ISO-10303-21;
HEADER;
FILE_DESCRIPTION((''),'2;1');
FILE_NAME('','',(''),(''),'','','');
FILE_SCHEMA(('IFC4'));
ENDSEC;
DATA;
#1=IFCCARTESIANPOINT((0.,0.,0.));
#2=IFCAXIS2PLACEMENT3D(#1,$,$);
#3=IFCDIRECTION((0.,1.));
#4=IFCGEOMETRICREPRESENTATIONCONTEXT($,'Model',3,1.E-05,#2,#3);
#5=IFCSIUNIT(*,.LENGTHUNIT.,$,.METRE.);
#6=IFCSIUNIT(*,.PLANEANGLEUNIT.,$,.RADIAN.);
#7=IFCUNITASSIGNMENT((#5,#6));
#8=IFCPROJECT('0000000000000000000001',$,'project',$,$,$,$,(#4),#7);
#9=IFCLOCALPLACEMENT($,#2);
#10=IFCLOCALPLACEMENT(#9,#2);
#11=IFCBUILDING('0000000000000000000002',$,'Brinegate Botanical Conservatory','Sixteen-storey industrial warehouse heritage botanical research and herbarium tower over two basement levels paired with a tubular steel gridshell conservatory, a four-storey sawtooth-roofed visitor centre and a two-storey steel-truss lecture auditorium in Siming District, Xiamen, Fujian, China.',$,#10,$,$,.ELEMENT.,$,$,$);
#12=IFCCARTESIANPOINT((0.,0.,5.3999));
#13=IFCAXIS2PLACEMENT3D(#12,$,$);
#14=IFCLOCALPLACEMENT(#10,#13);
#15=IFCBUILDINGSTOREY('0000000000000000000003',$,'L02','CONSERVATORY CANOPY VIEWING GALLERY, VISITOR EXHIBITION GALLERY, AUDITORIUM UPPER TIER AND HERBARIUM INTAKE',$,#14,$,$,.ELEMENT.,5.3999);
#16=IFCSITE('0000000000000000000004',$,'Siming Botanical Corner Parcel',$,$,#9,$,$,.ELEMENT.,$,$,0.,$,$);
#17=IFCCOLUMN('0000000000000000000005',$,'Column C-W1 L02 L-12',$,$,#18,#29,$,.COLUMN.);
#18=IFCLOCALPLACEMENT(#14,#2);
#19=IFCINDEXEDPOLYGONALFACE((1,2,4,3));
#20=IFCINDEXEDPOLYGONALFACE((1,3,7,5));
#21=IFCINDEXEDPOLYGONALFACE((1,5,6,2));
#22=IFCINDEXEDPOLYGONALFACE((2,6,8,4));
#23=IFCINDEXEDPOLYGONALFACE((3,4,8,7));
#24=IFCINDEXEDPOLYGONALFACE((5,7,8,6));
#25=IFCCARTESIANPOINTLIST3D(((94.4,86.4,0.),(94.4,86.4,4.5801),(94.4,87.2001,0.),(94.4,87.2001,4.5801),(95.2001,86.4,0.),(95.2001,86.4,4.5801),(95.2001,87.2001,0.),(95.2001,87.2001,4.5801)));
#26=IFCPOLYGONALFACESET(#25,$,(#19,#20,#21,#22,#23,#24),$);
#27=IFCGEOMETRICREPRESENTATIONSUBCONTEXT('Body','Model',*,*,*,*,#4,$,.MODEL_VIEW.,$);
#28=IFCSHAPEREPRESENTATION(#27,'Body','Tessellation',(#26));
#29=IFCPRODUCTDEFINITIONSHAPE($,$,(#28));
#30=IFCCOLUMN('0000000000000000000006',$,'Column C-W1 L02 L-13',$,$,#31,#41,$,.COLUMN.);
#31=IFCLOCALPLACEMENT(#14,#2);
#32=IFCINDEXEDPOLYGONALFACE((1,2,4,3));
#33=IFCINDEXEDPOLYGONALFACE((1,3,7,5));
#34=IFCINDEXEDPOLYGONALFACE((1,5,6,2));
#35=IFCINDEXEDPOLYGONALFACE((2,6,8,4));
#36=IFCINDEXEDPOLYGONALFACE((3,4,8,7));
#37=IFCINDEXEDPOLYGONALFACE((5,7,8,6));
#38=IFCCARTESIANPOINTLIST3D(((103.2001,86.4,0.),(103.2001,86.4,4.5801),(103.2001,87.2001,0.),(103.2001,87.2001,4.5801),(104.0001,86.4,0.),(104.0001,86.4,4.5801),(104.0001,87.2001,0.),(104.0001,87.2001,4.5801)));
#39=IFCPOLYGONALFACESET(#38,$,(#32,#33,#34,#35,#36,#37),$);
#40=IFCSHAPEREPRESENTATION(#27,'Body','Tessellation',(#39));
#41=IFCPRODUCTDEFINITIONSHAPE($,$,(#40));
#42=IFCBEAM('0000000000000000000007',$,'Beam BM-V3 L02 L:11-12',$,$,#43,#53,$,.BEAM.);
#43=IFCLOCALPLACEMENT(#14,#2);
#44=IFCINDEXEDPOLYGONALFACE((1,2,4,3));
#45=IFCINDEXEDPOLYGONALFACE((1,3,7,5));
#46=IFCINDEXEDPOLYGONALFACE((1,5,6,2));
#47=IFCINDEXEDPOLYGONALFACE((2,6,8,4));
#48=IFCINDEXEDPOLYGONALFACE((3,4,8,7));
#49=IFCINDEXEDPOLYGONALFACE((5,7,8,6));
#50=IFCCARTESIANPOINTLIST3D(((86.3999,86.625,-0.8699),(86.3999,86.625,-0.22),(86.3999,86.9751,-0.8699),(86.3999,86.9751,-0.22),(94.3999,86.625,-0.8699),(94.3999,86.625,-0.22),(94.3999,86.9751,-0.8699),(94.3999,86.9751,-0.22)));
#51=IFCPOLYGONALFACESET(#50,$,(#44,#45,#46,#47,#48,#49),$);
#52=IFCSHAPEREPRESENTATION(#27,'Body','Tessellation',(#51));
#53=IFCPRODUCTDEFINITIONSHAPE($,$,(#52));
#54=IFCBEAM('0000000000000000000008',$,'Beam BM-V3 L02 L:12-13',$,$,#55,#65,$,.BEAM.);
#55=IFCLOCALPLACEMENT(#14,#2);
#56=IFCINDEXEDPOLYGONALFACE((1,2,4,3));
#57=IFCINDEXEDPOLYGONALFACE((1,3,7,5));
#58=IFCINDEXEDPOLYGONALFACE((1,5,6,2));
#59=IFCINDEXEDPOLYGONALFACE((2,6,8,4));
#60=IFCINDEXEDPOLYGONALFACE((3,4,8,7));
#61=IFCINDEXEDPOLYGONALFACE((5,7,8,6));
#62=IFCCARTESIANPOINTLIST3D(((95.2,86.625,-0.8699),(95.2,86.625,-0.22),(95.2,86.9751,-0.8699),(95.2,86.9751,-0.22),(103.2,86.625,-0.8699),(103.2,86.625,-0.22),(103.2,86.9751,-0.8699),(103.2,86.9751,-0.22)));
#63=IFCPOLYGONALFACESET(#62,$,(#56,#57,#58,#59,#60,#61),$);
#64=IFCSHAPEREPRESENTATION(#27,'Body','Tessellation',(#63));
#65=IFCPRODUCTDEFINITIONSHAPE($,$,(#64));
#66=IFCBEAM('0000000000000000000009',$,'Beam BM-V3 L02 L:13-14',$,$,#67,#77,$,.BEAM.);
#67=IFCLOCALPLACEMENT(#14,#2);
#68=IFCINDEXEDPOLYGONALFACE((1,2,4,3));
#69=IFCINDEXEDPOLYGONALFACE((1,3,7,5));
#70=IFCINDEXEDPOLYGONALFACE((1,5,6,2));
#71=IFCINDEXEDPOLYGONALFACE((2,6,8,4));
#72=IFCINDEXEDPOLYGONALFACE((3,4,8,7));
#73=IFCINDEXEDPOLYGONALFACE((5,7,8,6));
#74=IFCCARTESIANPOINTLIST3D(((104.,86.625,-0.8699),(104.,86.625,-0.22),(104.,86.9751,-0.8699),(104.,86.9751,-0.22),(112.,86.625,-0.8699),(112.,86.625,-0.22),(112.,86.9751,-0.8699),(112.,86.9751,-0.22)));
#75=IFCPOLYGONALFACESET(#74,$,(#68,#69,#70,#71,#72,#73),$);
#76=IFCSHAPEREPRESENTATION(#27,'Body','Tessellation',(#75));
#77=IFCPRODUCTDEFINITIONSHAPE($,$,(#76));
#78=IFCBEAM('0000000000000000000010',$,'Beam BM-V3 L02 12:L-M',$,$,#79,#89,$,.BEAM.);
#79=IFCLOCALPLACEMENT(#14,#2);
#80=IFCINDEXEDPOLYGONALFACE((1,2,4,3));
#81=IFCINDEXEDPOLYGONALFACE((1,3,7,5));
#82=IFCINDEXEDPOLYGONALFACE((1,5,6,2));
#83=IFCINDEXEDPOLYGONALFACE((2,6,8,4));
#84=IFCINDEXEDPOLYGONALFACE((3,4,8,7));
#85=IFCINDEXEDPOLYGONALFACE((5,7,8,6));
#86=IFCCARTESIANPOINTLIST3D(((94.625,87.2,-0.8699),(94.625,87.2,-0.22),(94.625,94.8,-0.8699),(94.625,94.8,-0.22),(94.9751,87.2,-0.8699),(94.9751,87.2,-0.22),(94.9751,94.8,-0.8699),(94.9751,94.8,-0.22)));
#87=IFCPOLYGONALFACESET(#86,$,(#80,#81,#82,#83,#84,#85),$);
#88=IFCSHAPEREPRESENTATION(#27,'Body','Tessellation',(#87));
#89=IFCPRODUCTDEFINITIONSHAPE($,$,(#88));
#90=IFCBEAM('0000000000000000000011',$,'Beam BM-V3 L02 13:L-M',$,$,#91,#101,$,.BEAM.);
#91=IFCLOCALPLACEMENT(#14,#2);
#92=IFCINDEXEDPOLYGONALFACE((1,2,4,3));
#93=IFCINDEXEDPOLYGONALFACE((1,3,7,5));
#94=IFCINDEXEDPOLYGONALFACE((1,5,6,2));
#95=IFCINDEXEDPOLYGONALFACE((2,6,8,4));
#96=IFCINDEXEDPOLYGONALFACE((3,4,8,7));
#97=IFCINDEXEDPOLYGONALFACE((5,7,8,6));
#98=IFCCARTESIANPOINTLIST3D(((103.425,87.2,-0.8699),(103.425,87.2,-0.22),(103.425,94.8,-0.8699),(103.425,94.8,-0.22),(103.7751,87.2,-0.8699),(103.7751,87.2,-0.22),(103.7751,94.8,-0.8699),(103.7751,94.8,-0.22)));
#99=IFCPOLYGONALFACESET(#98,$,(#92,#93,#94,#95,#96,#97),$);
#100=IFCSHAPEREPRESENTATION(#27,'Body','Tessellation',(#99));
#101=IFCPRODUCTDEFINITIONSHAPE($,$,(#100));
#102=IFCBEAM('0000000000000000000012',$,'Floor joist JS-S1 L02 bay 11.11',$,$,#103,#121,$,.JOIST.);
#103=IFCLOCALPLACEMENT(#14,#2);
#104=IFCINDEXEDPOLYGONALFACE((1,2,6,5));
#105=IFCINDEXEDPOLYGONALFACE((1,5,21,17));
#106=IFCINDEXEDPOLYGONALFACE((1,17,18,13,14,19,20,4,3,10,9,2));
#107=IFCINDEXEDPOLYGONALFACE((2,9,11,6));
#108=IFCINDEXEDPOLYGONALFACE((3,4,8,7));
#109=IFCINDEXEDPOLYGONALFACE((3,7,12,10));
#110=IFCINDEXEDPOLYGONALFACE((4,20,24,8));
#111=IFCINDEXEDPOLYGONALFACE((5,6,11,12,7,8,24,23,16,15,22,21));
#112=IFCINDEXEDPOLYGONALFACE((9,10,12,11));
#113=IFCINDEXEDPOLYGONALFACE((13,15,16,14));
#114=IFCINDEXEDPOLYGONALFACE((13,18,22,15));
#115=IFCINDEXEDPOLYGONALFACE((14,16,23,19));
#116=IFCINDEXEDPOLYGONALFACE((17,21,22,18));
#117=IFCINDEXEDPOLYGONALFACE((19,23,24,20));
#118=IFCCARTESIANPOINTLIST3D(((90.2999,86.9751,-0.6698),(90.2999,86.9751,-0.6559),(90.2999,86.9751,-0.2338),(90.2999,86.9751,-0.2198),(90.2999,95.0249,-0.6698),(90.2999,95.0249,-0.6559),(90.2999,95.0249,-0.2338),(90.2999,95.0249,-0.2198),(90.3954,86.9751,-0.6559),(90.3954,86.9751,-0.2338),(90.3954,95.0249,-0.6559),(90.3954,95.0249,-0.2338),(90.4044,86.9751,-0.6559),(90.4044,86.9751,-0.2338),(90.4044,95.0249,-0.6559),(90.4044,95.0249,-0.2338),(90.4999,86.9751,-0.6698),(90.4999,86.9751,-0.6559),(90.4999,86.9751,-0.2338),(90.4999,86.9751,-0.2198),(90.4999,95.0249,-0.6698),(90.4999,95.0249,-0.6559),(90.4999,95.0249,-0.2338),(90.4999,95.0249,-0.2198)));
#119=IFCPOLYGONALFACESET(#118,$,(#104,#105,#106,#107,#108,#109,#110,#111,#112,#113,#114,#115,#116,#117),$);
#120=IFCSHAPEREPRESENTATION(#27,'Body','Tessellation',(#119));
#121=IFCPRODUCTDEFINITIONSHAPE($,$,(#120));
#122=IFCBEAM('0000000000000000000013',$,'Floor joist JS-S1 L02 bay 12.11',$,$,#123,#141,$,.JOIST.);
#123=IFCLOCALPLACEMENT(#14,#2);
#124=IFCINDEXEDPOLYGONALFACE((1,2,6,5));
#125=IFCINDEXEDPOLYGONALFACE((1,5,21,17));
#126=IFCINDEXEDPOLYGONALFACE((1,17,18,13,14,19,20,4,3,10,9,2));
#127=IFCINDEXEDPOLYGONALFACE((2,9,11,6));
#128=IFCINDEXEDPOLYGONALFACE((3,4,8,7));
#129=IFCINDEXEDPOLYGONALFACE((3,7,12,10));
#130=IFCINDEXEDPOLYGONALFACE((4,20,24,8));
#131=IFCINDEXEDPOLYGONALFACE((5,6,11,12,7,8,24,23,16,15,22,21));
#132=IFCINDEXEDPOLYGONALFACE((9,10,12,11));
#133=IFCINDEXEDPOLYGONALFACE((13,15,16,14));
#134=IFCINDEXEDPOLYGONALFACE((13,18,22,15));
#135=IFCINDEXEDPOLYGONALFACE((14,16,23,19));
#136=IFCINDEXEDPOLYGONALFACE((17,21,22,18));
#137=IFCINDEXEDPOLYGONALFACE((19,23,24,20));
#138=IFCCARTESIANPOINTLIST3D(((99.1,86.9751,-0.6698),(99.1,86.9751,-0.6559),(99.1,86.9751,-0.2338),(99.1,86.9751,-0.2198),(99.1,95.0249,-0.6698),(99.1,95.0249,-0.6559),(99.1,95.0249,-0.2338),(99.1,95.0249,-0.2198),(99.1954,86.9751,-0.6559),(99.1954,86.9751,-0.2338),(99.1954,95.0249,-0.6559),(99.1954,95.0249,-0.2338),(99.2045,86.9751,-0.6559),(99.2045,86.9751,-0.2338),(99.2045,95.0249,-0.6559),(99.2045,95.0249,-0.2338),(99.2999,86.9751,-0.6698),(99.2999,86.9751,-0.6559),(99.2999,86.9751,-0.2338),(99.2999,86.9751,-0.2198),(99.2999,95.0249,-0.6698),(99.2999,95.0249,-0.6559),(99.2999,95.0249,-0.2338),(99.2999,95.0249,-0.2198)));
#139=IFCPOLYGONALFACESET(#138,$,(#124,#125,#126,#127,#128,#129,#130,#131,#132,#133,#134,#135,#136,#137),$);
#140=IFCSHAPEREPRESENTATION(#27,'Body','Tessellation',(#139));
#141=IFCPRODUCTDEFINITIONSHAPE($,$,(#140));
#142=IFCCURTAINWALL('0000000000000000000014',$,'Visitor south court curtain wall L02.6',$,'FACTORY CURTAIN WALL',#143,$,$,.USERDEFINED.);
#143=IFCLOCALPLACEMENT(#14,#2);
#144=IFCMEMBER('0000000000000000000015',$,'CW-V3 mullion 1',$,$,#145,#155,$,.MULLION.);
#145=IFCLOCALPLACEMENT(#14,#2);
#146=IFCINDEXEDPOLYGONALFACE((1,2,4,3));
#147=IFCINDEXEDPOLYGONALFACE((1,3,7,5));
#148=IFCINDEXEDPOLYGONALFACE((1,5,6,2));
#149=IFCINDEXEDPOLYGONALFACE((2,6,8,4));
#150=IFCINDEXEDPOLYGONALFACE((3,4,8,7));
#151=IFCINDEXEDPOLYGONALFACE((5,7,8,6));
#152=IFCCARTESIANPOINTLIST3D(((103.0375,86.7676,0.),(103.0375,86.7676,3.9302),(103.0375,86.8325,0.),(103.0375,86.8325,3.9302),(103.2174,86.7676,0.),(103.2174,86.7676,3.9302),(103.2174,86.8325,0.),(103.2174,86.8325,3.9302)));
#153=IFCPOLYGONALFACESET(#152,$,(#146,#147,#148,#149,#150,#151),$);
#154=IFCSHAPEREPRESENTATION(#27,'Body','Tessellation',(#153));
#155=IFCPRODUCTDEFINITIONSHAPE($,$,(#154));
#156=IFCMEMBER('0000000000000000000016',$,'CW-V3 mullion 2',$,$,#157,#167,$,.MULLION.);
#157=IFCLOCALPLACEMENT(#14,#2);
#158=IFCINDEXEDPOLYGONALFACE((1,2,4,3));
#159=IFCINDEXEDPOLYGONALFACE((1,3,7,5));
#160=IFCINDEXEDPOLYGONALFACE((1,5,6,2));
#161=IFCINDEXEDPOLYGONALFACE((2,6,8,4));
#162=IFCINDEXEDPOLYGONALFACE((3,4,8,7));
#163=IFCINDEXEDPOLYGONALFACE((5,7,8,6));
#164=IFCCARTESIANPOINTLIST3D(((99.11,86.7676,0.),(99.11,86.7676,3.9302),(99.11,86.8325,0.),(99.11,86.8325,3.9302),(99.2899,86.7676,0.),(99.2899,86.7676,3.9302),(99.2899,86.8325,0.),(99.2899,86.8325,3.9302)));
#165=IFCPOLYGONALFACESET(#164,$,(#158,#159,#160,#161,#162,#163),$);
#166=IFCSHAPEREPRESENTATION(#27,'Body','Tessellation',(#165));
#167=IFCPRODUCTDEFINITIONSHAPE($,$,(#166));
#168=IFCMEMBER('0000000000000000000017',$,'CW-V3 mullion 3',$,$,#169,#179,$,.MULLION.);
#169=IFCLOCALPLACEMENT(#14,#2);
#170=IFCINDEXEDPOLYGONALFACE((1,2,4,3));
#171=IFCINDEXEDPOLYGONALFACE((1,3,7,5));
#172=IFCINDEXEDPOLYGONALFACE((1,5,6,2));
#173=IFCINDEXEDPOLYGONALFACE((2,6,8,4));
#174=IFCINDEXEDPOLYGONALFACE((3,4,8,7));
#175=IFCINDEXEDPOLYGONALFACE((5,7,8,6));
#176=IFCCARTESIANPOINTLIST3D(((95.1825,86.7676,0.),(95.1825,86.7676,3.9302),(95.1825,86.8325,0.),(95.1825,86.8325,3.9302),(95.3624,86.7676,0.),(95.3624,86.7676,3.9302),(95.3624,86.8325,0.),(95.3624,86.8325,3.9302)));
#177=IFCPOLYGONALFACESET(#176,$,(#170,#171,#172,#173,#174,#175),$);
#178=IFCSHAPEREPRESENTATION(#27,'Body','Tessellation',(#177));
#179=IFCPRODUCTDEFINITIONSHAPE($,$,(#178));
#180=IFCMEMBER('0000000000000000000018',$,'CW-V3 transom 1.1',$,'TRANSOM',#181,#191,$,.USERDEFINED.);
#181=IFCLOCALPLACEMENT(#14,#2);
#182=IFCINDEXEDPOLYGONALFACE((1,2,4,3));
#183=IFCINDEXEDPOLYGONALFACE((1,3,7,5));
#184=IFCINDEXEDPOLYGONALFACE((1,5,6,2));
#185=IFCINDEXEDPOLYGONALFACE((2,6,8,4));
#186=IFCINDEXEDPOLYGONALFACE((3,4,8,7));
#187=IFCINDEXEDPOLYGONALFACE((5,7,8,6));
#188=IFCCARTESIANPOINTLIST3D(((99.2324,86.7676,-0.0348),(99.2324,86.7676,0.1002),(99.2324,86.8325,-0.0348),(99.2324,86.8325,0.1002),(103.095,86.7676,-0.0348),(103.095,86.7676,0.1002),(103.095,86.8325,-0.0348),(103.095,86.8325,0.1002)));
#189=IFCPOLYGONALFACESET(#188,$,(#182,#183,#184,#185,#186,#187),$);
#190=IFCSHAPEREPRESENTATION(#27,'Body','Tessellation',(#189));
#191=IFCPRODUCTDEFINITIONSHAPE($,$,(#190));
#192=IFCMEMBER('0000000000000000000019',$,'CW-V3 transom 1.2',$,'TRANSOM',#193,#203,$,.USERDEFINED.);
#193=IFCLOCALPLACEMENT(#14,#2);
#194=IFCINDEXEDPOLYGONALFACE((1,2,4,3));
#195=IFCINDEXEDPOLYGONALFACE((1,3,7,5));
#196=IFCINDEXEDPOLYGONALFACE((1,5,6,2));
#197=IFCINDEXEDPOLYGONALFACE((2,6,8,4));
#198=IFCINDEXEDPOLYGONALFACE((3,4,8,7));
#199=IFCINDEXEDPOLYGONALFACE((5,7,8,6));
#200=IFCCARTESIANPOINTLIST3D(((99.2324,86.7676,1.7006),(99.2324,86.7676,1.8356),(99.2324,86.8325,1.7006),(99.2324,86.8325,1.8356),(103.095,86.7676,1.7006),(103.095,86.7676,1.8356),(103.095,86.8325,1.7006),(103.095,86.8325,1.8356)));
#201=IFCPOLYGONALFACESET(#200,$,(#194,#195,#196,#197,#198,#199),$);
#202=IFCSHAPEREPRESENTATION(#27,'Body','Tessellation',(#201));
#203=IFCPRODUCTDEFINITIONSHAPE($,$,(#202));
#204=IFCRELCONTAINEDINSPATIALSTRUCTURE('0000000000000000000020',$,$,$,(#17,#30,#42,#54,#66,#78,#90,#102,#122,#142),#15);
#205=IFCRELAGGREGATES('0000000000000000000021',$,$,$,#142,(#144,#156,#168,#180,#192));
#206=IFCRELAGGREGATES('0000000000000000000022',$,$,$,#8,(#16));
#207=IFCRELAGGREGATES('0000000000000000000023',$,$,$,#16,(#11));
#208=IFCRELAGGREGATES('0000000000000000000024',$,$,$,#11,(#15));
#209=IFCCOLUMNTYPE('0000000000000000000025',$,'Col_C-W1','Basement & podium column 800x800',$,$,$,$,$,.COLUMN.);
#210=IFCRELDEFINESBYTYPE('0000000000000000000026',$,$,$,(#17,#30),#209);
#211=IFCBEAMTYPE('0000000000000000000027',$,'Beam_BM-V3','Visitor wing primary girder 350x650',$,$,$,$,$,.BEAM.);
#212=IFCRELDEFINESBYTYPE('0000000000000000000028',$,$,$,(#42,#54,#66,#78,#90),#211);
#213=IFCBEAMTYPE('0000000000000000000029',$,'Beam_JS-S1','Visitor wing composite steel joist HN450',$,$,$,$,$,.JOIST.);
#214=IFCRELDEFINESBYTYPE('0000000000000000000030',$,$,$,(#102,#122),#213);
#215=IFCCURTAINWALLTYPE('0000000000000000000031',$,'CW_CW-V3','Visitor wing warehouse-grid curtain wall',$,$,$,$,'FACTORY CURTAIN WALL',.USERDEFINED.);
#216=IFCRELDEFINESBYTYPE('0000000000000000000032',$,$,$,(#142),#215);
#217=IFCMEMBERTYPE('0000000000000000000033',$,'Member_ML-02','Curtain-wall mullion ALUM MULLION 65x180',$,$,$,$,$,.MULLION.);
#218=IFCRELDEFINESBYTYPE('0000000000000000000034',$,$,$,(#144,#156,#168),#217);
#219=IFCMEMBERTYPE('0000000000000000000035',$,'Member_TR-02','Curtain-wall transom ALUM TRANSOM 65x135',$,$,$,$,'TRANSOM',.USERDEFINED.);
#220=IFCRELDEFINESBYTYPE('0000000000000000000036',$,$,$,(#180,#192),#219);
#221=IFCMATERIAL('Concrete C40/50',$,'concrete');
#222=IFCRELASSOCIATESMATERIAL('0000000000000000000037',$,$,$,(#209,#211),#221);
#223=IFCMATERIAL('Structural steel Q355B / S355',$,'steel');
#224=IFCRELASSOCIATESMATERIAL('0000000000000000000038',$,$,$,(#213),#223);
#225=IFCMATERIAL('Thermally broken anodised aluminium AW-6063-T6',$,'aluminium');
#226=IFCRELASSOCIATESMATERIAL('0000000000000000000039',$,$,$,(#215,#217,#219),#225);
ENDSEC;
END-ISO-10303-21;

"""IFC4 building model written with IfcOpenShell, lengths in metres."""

from ifc_helpers import new_model, si_unit, direction, frame, origin, origin_2d, place, context, subcontext, project, spatial, rectangle, i_section, extrude, material, material_profile, profile_set, type_object, element, aggregate, save


model = new_model("IFC4")

# Units and contexts
model_context = context("Model", 3, precision=1e-05, world=origin(), true_north=direction((0.0, 1.0)))
body_context = subcontext(model_context, "Body", "Model", "MODEL_VIEW")
ifc_project = project(units=[si_unit("LENGTHUNIT", "METRE"), si_unit("PLANEANGLEUNIT", "RADIAN")], contexts=[model_context])

# Site, building, storey
site_placement = place(None, origin())
site = spatial("IfcSite", under=ifc_project, at=site_placement, Name="Siming Botanical Corner Parcel", CompositionType="ELEMENT", RefElevation=0.0)
building_placement = place(site_placement, origin())
building = spatial("IfcBuilding", under=site, at=building_placement, Name="Brinegate Botanical Conservatory", Description="Sixteen-storey industrial warehouse heritage botanical research and herbarium tower over two basement levels paired with a tubular steel gridshell conservatory, a four-storey sawtooth-roofed visitor centre and a two-storey steel-truss lecture auditorium in Siming District, Xiamen, Fujian, China.", CompositionType="ELEMENT")
storey_placement = place(building_placement, frame((0.0, 0.0, 5.3999)))
storey = spatial("IfcBuildingStorey", under=building, at=storey_placement, Name="L02", Description="CONSERVATORY CANOPY VIEWING GALLERY, VISITOR EXHIBITION GALLERY, AUDITORIUM UPPER TIER AND HERBARIUM INTAKE", CompositionType="ELEMENT", Elevation=5.3999)

# Columns
ifc_material_1 = material(Name="Concrete C40/50", Category="concrete")
ifc_material_profile_1 = material_profile(ifc_material_1, rectangle(XDim=0.8, YDim=0.8, at=origin_2d()), Name="RC COL 800x800")
ifc_profile_set_1 = profile_set([ifc_material_profile_1], Name="Concrete C40/50")
column_type = type_object("IfcColumnType", Name="Col_C-W1", Description="Basement & podium column 800x800", PredefinedType="COLUMN", material=ifc_profile_set_1)
for number, where, z_axis, x_axis, name in (
    (1, (94.8, 86.8, 0.0), (0.0, 0.0, 1.0), (1.0, 0.0, 0.0), "Column C-W1 L02 L-12"),
    (2, (103.6001, 86.8, 0.0), (0.0, 0.0, 1.0), (1.0, 0.0, 0.0), "Column C-W1 L02 L-13"),
):
    element("IfcColumn", number, at=place(storey_placement, frame(where, z_axis=z_axis, x_axis=x_axis)), inside=storey, type_object=column_type, Name=name, PredefinedType="COLUMN", context=body_context, shape_type="SweptSolid", body=[
        extrude(rectangle(XDim=0.8, YDim=0.8, at=origin_2d()), origin(), (0.0, 0.0, 1.0), 4.5801),
    ])

# Beams
ifc_material_profile_2 = material_profile(ifc_material_1, rectangle(XDim=0.3501, YDim=0.6499, at=origin_2d()), Name="RC BM 350x650")
ifc_profile_set_2 = profile_set([ifc_material_profile_2], Name="Concrete C40/50")
beam_type_1 = type_object("IfcBeamType", Name="Beam_BM-V3", Description="Visitor wing primary girder 350x650", PredefinedType="BEAM", material=ifc_profile_set_2)
for number, where, z_axis, x_axis, name in (
    (3, (86.3999, 86.8, -0.5449), (1.0, 0.0, 0.0), (0.0, 1.0, 0.0), "Beam BM-V3 L02 L:11-12"),
    (4, (95.2, 86.8, -0.5449), (1.0, 0.0, 0.0), (0.0, 1.0, 0.0), "Beam BM-V3 L02 L:12-13"),
    (5, (104.0, 86.8, -0.5449), (1.0, 0.0, 0.0), (0.0, 1.0, 0.0), "Beam BM-V3 L02 L:13-14"),
):
    element("IfcBeam", number, at=place(storey_placement, frame(where, z_axis=z_axis, x_axis=x_axis)), inside=storey, type_object=beam_type_1, Name=name, PredefinedType="BEAM", context=body_context, shape_type="SweptSolid", body=[
        extrude(rectangle(XDim=0.3501, YDim=0.6499, at=origin_2d()), origin(), (0.0, 0.0, 1.0), 8.0),
    ])
for number, where, z_axis, x_axis, name in (
    (6, (94.8, 87.2, -0.5449), (0.0, 1.0, 0.0), (-1.0, 0.0, 0.0), "Beam BM-V3 L02 12:L-M"),
    (7, (103.6001, 87.2, -0.5449), (0.0, 1.0, 0.0), (-1.0, 0.0, 0.0), "Beam BM-V3 L02 13:L-M"),
):
    element("IfcBeam", number, at=place(storey_placement, frame(where, z_axis=z_axis, x_axis=x_axis)), inside=storey, type_object=beam_type_1, Name=name, PredefinedType="BEAM", context=body_context, shape_type="SweptSolid", body=[
        extrude(rectangle(XDim=0.3501, YDim=0.6499, at=origin_2d()), origin(), (0.0, 0.0, 1.0), 7.6001),
    ])
ifc_material_2 = material(Name="Structural steel Q355B / S355", Category="steel")
ifc_material_profile_3 = material_profile(ifc_material_2, i_section(OverallWidth=0.2, OverallDepth=0.45, WebThickness=0.009, FlangeThickness=0.0139, at=origin_2d()), Name="HN 450x200x9x14")
ifc_profile_set_3 = profile_set([ifc_material_profile_3], Name="Structural steel Q355B / S355")
beam_type_2 = type_object("IfcBeamType", Name="Beam_JS-S1", Description="Visitor wing composite steel joist HN450", PredefinedType="JOIST", material=ifc_profile_set_3)
for number, where, z_axis, x_axis, name in (
    (8, (90.3999, 86.9751, -0.4448), (0.0, 1.0, 0.0), (-1.0, 0.0, 0.0), "Floor joist JS-S1 L02 bay 11.11"),
    (9, (99.2, 86.9751, -0.4448), (0.0, 1.0, 0.0), (-1.0, 0.0, 0.0), "Floor joist JS-S1 L02 bay 12.11"),
):
    element("IfcBeam", number, at=place(storey_placement, frame(where, z_axis=z_axis, x_axis=x_axis)), inside=storey, type_object=beam_type_2, Name=name, PredefinedType="JOIST", context=body_context, shape_type="SweptSolid", body=[
        extrude(i_section(OverallWidth=0.2, OverallDepth=0.45, WebThickness=0.009, FlangeThickness=0.0139, at=origin_2d()), origin(), (0.0, 0.0, 1.0), 8.0498),
    ])

# Curtain wall, members
ifc_material_3 = material(Name="Thermally broken anodised aluminium AW-6063-T6", Category="aluminium")
curtain_wall_type = type_object("IfcCurtainWallType", Name="CW_CW-V3", Description="Visitor wing warehouse-grid curtain wall", ElementType="FACTORY CURTAIN WALL", PredefinedType="USERDEFINED", material=ifc_material_3)
curtain_wall_placement = place(storey_placement, origin())
curtain_wall = element("IfcCurtainWall", 10, at=curtain_wall_placement, inside=storey, type_object=curtain_wall_type, Name="Visitor south court curtain wall L02.6", ObjectType="FACTORY CURTAIN WALL", PredefinedType="USERDEFINED")
ifc_material_profile_4 = material_profile(ifc_material_3, rectangle(XDim=0.0649, YDim=0.1799, at=origin_2d()), Name="ALUM MULLION 65x180")
ifc_profile_set_4 = profile_set([ifc_material_profile_4], Name="Thermally broken anodised aluminium AW-6063-T6")
member_type_1 = type_object("IfcMemberType", Name="Member_ML-02", Description="Curtain-wall mullion ALUM MULLION 65x180", PredefinedType="MULLION", material=ifc_profile_set_4)
member_1_placement = place(storey_placement, frame((103.1274, 86.8, 0.0), z_axis=(0.0, 0.0, 1.0), x_axis=(0.0, -1.0, 0.0)))
member_1 = element("IfcMember", 11, at=member_1_placement, type_object=member_type_1, Name="CW-V3 mullion 1", PredefinedType="MULLION", context=body_context, shape_type="SweptSolid", body=[
    extrude(rectangle(XDim=0.0649, YDim=0.1799, at=origin_2d()), origin(), (0.0, 0.0, 1.0), 3.9302),
])
member_2_placement = place(storey_placement, frame((99.2, 86.8, 0.0), z_axis=(0.0, 0.0, 1.0), x_axis=(0.0, -1.0, 0.0)))
member_2 = element("IfcMember", 12, at=member_2_placement, type_object=member_type_1, Name="CW-V3 mullion 2", PredefinedType="MULLION", context=body_context, shape_type="SweptSolid", body=[
    extrude(rectangle(XDim=0.0649, YDim=0.1799, at=origin_2d()), origin(), (0.0, 0.0, 1.0), 3.9302),
])
member_3_placement = place(storey_placement, frame((95.2725, 86.8, 0.0), z_axis=(0.0, 0.0, 1.0), x_axis=(0.0, -1.0, 0.0)))
member_3 = element("IfcMember", 13, at=member_3_placement, type_object=member_type_1, Name="CW-V3 mullion 3", PredefinedType="MULLION", context=body_context, shape_type="SweptSolid", body=[
    extrude(rectangle(XDim=0.0649, YDim=0.1799, at=origin_2d()), origin(), (0.0, 0.0, 1.0), 3.9302),
])
ifc_material_profile_5 = material_profile(ifc_material_3, rectangle(XDim=0.0649, YDim=0.135, at=origin_2d()), Name="ALUM TRANSOM 65x135")
ifc_profile_set_5 = profile_set([ifc_material_profile_5], Name="Thermally broken anodised aluminium AW-6063-T6")
member_type_2 = type_object("IfcMemberType", Name="Member_TR-02", Description="Curtain-wall transom ALUM TRANSOM 65x135", ElementType="TRANSOM", PredefinedType="USERDEFINED", material=ifc_profile_set_5)
member_4_placement = place(storey_placement, frame((103.095, 86.8, 0.0327), z_axis=(-1.0, 0.0, 0.0), x_axis=(0.0, -1.0, 0.0)))
member_4 = element("IfcMember", 14, at=member_4_placement, type_object=member_type_2, Name="CW-V3 transom 1.1", ObjectType="TRANSOM", PredefinedType="USERDEFINED", context=body_context, shape_type="SweptSolid", body=[
    extrude(rectangle(XDim=0.0649, YDim=0.135, at=origin_2d()), origin(), (0.0, 0.0, 1.0), 3.8625),
])
member_5_placement = place(storey_placement, frame((103.095, 86.8, 1.7681), z_axis=(-1.0, 0.0, 0.0), x_axis=(0.0, -1.0, 0.0)))
member_5 = element("IfcMember", 15, at=member_5_placement, type_object=member_type_2, Name="CW-V3 transom 1.2", ObjectType="TRANSOM", PredefinedType="USERDEFINED", context=body_context, shape_type="SweptSolid", body=[
    extrude(rectangle(XDim=0.0649, YDim=0.135, at=origin_2d()), origin(), (0.0, 0.0, 1.0), 3.8625),
])
aggregate(curtain_wall, [member_1, member_2, member_3, member_4, member_5])

save(model, "model.ifc")
